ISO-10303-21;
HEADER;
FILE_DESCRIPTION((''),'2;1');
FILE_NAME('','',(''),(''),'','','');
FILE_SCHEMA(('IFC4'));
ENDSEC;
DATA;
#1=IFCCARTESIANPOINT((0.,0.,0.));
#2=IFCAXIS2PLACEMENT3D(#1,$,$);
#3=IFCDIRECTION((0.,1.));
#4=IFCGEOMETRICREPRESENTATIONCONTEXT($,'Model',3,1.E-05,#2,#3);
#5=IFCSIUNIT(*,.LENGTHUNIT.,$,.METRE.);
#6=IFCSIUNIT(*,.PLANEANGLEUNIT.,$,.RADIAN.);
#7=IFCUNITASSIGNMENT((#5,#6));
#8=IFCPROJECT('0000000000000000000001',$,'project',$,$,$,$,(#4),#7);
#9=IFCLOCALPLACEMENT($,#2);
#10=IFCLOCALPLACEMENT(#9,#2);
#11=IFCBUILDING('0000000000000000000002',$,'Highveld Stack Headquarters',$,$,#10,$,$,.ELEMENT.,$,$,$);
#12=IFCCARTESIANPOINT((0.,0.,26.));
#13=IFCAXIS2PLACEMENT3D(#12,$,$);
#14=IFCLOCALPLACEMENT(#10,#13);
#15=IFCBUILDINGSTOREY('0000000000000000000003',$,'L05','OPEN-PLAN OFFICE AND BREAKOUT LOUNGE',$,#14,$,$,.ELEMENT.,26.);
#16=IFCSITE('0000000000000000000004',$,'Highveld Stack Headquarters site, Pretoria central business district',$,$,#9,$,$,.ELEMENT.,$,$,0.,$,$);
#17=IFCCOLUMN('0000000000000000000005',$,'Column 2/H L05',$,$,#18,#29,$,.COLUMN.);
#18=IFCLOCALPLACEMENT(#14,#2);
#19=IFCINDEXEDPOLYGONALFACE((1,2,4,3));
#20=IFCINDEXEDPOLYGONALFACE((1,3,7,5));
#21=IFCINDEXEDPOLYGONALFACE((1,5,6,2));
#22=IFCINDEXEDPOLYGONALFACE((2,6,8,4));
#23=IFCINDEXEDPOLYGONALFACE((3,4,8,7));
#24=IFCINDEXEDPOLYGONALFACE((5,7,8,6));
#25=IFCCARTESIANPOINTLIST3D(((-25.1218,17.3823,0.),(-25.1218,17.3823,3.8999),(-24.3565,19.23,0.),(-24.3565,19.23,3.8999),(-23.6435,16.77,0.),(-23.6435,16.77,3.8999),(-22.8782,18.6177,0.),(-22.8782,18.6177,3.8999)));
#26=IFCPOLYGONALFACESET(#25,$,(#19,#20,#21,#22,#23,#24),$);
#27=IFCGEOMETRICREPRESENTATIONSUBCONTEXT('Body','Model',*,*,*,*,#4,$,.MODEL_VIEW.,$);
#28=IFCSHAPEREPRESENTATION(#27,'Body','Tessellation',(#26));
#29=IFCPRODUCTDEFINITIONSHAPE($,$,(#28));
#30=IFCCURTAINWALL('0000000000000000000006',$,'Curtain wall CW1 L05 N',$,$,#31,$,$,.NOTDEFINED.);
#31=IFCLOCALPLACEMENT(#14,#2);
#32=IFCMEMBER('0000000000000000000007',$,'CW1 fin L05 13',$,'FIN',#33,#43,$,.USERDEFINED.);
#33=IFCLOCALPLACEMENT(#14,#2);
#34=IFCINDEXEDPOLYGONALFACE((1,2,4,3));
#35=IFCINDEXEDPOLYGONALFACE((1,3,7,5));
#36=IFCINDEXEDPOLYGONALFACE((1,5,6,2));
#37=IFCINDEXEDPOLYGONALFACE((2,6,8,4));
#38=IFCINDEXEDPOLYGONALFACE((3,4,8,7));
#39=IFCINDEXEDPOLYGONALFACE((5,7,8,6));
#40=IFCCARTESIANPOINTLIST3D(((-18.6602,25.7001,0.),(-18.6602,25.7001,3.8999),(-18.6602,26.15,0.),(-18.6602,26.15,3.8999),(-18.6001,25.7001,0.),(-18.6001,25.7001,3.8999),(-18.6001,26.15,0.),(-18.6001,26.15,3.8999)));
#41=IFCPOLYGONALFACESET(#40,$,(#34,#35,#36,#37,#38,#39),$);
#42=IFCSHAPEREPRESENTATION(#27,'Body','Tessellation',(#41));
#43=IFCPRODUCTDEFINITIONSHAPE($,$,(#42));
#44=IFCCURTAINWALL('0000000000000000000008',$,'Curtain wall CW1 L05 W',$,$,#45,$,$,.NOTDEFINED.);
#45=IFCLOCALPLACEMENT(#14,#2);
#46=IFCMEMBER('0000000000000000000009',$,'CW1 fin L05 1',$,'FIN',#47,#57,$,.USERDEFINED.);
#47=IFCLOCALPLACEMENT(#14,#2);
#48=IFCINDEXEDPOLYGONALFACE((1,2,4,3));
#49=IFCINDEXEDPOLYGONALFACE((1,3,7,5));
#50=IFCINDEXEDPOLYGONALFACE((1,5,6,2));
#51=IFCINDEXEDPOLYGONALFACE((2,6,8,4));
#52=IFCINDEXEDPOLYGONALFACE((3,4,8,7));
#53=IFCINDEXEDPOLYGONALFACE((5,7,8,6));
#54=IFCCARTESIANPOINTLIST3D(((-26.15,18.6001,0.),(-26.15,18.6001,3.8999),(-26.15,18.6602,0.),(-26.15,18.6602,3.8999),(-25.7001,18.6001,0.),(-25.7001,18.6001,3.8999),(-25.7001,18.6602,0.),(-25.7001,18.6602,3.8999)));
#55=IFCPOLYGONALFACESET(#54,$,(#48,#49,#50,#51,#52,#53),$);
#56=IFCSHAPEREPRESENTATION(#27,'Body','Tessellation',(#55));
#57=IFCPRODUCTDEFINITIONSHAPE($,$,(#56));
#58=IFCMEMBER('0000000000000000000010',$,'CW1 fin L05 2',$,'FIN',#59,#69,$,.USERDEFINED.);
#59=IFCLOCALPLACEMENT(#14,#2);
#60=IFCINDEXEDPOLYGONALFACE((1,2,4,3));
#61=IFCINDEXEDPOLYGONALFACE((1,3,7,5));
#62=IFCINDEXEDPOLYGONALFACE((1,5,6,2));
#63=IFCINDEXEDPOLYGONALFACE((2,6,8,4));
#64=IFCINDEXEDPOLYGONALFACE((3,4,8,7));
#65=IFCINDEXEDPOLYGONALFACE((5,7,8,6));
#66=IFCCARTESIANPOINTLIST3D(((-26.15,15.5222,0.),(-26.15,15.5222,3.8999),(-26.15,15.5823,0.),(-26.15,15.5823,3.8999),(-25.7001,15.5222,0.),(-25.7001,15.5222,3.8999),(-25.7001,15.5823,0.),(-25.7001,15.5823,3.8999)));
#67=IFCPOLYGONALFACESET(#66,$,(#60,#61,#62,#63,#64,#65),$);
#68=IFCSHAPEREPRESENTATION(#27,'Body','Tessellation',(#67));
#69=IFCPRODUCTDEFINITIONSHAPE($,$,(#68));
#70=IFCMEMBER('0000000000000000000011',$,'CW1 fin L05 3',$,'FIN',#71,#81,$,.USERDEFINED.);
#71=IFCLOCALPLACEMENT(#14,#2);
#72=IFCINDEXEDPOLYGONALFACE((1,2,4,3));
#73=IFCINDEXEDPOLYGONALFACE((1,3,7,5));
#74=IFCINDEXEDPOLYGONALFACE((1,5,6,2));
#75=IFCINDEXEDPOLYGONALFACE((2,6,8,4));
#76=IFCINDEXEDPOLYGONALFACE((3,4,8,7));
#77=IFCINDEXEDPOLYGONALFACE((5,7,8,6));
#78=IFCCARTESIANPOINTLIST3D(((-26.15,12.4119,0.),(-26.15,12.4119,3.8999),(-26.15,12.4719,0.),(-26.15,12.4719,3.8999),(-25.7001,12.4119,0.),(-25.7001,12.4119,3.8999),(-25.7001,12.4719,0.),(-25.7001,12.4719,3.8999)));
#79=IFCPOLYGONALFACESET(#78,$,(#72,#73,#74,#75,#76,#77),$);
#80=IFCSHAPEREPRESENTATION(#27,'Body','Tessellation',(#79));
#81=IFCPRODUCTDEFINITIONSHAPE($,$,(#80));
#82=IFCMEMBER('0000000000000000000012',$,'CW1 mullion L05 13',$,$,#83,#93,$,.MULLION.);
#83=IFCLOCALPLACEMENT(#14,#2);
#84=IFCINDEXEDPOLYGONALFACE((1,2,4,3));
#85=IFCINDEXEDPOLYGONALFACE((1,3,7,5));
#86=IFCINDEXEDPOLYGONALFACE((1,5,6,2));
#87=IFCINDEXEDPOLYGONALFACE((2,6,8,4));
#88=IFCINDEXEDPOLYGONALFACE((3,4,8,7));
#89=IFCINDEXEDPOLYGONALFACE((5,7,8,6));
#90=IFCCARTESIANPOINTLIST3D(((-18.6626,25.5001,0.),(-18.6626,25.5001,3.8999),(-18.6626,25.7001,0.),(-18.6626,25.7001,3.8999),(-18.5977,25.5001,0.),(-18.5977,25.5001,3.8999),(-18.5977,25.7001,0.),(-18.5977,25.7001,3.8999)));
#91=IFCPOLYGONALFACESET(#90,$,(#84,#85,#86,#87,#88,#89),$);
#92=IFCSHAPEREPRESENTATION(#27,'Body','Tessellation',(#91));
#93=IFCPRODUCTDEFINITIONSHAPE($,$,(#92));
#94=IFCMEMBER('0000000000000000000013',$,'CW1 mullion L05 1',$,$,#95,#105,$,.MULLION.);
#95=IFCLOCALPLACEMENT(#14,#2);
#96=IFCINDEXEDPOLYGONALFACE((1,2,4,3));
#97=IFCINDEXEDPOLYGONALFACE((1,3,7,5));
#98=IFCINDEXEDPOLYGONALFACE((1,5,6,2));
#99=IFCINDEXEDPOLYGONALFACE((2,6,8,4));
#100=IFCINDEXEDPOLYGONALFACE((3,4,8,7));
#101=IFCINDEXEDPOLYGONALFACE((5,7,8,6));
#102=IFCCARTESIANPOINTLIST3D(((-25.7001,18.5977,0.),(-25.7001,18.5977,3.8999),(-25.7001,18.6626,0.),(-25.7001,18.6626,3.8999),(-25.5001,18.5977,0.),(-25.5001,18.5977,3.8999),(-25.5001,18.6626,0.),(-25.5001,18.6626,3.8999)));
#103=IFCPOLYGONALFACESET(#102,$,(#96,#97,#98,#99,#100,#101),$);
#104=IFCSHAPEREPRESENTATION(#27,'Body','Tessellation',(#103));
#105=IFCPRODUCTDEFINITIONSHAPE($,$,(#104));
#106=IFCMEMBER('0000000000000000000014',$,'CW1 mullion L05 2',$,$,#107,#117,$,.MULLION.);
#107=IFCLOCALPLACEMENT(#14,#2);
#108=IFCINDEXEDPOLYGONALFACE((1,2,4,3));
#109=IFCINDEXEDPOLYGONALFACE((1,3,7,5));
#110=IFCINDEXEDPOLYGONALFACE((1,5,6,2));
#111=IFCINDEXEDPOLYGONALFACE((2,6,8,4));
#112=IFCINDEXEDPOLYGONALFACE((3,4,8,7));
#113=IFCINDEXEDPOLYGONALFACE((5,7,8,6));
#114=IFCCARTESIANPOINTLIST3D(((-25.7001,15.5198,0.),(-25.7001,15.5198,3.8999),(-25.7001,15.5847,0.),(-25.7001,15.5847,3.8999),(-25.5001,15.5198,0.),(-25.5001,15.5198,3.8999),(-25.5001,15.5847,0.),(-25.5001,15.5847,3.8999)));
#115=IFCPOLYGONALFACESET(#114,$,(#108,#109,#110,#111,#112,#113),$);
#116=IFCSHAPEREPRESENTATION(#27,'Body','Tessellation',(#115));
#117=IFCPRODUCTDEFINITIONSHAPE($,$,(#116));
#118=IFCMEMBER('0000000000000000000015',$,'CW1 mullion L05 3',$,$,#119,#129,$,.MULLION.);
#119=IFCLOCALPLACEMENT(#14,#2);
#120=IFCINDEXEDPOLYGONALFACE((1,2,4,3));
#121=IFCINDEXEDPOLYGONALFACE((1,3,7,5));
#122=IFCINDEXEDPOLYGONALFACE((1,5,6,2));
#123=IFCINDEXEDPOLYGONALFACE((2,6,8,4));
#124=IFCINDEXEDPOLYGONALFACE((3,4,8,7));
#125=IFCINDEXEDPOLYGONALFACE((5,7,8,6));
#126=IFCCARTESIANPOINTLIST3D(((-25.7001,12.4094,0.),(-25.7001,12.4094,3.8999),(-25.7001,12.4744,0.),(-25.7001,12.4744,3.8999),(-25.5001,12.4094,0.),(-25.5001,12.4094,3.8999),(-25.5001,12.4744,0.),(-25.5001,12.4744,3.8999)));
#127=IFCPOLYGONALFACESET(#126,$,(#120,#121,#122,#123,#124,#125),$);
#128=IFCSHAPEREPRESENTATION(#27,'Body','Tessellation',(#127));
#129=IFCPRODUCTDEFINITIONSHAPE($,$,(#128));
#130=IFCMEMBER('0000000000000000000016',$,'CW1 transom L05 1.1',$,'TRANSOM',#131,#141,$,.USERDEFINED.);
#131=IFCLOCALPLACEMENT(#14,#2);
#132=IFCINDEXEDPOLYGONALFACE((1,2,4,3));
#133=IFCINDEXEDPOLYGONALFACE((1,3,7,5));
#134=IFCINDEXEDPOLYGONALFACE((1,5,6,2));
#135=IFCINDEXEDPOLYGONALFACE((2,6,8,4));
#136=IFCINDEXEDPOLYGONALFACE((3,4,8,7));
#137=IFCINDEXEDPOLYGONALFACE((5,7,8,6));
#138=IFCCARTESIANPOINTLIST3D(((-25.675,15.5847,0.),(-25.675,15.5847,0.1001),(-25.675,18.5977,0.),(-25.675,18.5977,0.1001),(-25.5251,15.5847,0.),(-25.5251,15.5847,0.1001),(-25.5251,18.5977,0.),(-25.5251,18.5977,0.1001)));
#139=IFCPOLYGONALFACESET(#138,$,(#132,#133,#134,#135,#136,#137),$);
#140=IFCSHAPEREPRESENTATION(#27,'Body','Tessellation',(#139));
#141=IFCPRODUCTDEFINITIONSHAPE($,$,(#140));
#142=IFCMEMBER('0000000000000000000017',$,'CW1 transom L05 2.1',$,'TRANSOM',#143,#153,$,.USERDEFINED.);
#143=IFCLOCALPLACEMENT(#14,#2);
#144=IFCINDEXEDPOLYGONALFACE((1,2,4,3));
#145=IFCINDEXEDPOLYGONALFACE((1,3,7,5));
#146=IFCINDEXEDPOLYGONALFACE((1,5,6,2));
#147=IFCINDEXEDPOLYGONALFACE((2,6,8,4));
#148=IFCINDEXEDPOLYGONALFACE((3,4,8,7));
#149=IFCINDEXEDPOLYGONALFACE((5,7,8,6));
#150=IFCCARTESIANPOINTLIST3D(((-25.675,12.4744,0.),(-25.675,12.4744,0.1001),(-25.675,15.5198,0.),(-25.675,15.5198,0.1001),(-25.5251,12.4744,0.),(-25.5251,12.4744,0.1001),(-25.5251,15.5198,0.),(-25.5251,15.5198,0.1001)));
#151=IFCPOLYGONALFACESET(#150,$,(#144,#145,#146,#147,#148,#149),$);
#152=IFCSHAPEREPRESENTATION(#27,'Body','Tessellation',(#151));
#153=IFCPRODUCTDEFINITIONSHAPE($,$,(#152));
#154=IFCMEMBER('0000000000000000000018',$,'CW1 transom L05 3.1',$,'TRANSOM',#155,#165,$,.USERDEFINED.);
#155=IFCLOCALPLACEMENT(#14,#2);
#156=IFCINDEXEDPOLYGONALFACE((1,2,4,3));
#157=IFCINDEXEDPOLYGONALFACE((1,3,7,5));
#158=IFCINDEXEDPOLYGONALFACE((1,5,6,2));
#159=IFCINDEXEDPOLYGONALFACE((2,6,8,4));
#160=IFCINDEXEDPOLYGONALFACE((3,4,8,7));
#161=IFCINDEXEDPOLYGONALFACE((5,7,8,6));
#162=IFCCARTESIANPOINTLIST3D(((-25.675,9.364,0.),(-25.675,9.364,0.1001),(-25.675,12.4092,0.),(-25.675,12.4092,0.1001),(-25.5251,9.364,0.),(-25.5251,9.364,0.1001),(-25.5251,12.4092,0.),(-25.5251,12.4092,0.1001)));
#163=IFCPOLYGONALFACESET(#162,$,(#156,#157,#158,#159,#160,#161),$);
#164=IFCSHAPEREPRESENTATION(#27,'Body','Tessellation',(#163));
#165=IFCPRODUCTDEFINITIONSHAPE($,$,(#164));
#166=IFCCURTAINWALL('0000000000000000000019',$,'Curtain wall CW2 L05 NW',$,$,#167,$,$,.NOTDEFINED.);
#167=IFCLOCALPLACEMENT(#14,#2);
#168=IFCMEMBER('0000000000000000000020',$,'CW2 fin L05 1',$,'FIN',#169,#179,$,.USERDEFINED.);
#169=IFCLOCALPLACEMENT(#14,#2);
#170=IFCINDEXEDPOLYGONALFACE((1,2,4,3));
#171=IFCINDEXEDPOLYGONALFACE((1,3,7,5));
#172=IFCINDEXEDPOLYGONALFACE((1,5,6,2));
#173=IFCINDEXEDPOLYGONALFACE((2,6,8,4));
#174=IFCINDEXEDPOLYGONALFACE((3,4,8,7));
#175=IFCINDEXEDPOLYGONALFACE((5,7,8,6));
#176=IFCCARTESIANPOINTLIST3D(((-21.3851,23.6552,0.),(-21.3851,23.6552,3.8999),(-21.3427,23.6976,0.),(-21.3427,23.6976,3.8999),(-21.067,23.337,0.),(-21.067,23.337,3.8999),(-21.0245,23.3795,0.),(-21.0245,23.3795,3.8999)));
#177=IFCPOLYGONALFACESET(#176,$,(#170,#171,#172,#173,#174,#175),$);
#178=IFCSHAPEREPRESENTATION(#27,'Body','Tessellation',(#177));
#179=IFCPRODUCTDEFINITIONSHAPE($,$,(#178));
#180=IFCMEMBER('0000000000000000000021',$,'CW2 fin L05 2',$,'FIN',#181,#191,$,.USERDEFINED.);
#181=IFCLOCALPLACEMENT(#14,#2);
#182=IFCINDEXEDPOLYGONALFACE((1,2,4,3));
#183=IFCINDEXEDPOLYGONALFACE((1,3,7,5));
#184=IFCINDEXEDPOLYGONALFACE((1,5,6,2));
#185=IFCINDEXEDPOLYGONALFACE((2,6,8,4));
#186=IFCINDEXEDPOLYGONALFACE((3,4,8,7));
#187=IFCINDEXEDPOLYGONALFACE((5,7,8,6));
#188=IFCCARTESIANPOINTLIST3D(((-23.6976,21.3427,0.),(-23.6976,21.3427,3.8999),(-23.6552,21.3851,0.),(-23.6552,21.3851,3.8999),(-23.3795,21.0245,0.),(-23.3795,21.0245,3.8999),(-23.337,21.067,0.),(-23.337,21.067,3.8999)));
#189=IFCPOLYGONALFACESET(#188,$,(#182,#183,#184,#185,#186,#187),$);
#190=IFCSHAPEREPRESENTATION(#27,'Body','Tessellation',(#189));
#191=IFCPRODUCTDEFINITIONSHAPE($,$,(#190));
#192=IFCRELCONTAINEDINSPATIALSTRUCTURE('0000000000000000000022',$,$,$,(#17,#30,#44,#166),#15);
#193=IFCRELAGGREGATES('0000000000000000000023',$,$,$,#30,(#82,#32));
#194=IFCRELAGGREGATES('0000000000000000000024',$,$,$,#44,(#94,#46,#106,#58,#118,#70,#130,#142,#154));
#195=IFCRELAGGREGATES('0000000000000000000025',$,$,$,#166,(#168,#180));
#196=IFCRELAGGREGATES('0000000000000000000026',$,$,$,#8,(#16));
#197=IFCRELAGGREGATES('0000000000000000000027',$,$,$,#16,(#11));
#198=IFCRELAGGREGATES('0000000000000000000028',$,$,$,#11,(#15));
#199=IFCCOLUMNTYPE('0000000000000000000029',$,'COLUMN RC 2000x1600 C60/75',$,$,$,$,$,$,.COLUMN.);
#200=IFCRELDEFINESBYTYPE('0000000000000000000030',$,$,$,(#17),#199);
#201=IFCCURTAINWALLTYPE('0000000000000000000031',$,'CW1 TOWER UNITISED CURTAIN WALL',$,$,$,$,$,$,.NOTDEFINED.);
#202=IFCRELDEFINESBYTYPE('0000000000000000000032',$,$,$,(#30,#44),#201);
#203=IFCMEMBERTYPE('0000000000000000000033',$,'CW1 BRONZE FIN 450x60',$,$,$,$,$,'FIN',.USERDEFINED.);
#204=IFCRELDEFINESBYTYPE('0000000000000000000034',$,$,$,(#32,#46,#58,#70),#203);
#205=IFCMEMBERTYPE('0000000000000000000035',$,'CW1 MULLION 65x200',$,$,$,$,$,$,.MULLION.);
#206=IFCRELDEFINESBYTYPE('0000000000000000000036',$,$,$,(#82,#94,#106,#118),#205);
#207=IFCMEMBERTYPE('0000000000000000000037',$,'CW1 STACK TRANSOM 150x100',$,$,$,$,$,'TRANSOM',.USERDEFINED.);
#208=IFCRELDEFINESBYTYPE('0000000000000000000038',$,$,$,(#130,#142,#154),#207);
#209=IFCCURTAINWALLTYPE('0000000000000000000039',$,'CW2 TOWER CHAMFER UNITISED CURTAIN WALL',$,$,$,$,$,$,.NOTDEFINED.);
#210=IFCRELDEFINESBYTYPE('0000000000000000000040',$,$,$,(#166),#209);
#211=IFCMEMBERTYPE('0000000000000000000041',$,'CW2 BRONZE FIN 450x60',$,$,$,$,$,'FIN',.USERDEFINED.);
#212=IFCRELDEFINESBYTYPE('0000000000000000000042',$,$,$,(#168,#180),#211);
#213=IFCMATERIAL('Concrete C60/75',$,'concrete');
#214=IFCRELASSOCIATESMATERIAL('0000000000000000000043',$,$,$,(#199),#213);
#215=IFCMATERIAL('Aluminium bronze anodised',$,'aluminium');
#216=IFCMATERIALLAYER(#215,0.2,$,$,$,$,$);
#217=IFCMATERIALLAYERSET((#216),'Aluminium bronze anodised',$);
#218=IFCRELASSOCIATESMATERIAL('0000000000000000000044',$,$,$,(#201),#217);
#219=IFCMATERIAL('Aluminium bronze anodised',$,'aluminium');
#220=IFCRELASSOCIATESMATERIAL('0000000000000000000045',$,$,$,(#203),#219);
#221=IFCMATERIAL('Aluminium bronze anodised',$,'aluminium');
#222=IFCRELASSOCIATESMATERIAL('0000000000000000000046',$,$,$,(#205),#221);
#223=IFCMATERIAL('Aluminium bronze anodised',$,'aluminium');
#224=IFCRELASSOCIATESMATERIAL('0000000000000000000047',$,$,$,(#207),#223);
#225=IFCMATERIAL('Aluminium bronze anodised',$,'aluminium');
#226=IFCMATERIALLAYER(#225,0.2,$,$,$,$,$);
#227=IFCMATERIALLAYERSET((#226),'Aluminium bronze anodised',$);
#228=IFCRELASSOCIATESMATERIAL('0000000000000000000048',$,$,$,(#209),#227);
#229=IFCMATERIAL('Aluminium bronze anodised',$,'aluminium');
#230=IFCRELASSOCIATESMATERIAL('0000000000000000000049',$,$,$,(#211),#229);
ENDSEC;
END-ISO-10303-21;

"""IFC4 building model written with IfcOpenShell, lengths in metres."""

from ifc_helpers import new_model, si_unit, direction, frame, origin, origin_2d, place, context, subcontext, project, spatial, rectangle, extrude, material, layer, layer_set, material_profile, profile_set, type_object, element, aggregate, save


model = new_model("IFC4")

# Units and contexts
model_context = context("Model", 3, precision=1e-05, world=origin(), true_north=direction((0.0, 1.0)))
body_context = subcontext(model_context, "Body", "Model", "MODEL_VIEW")
ifc_project = project(units=[si_unit("LENGTHUNIT", "METRE"), si_unit("PLANEANGLEUNIT", "RADIAN")], contexts=[model_context])

# Site, building, storey
site_placement = place(None, origin())
site = spatial("IfcSite", under=ifc_project, at=site_placement, Name="Highveld Stack Headquarters site, Pretoria central business district", CompositionType="ELEMENT", RefElevation=0.0)
building_placement = place(site_placement, origin())
building = spatial("IfcBuilding", under=site, at=building_placement, Name="Highveld Stack Headquarters", CompositionType="ELEMENT")
storey_placement = place(building_placement, frame((0.0, 0.0, 26.0)))
storey = spatial("IfcBuildingStorey", under=building, at=storey_placement, Name="L05", Description="OPEN-PLAN OFFICE AND BREAKOUT LOUNGE", CompositionType="ELEMENT", Elevation=26.0)

# Column
ifc_material_1 = material(Name="Concrete C60/75", Category="concrete")
ifc_material_profile_1 = material_profile(ifc_material_1, rectangle(XDim=2.0, YDim=1.6001, at=origin_2d()), Name="RC 2000x1600")
ifc_profile_set_1 = profile_set([ifc_material_profile_1], Name="Concrete C60/75")
column_type = type_object("IfcColumnType", Name="COLUMN RC 2000x1600 C60/75", PredefinedType="COLUMN", material=ifc_profile_set_1)
column_placement = place(storey_placement, frame((-24.0, 18.0, 0.0), z_axis=(0.0, 0.0, 1.0), x_axis=(0.382683, 0.92388, 0.0)))
element("IfcColumn", 1, at=column_placement, inside=storey, type_object=column_type, Name="Column 2/H L05", PredefinedType="COLUMN", context=body_context, shape_type="SweptSolid", body=[
    extrude(rectangle(XDim=2.0, YDim=1.6001, at=origin_2d()), origin(), (0.0, 0.0, 1.0), 3.8999),
])

# Curtain wall, member
ifc_material_2 = material(Name="Aluminium bronze anodised", Category="aluminium")
ifc_layer_1 = layer(ifc_material_2, 0.2)
ifc_layer_set_1 = layer_set([ifc_layer_1], Name="Aluminium bronze anodised")
curtain_wall_type_1 = type_object("IfcCurtainWallType", Name="CW1 TOWER UNITISED CURTAIN WALL", PredefinedType="NOTDEFINED", material=ifc_layer_set_1)
curtain_wall_1_placement = place(storey_placement, origin())
curtain_wall_1 = element("IfcCurtainWall", 2, at=curtain_wall_1_placement, inside=storey, type_object=curtain_wall_type_1, Name="Curtain wall CW1 L05 N", PredefinedType="NOTDEFINED")
ifc_material_3 = material(Name="Aluminium bronze anodised", Category="aluminium")
ifc_material_profile_2 = material_profile(ifc_material_3, rectangle(XDim=0.45, YDim=0.0601, at=origin_2d()), Name="FIN 450x60")
ifc_profile_set_2 = profile_set([ifc_material_profile_2], Name="Aluminium bronze anodised")
member_type_1 = type_object("IfcMemberType", Name="CW1 BRONZE FIN 450x60", ElementType="FIN", PredefinedType="USERDEFINED", material=ifc_profile_set_2)
member_1_placement = place(storey_placement, frame((-18.6301, 25.925, 0.0), z_axis=(0.0, 0.0, 1.0), x_axis=(0.0, -1.0, 0.0)))
member_1 = element("IfcMember", 3, at=member_1_placement, type_object=member_type_1, Name="CW1 fin L05 13", ObjectType="FIN", PredefinedType="USERDEFINED", context=body_context, shape_type="SweptSolid", body=[
    extrude(rectangle(XDim=0.45, YDim=0.0601, at=origin_2d()), origin(), (0.0, 0.0, 1.0), 3.8999),
])

# Curtain wall, members
curtain_wall_2_placement = place(storey_placement, origin())
curtain_wall_2 = element("IfcCurtainWall", 4, at=curtain_wall_2_placement, inside=storey, type_object=curtain_wall_type_1, Name="Curtain wall CW1 L05 W", PredefinedType="NOTDEFINED")
member_2_placement = place(storey_placement, frame((-25.925, 18.6301, 0.0), z_axis=(0.0, 0.0, 1.0), x_axis=(1.0, 0.0, 0.0)))
member_2 = element("IfcMember", 5, at=member_2_placement, type_object=member_type_1, Name="CW1 fin L05 1", ObjectType="FIN", PredefinedType="USERDEFINED", context=body_context, shape_type="SweptSolid", body=[
    extrude(rectangle(XDim=0.45, YDim=0.0601, at=origin_2d()), origin(), (0.0, 0.0, 1.0), 3.8999),
])
member_3_placement = place(storey_placement, frame((-25.925, 15.5522, 0.0), z_axis=(0.0, 0.0, 1.0), x_axis=(1.0, 0.0, 0.0)))
member_3 = element("IfcMember", 6, at=member_3_placement, type_object=member_type_1, Name="CW1 fin L05 2", ObjectType="FIN", PredefinedType="USERDEFINED", context=body_context, shape_type="SweptSolid", body=[
    extrude(rectangle(XDim=0.45, YDim=0.0601, at=origin_2d()), origin(), (0.0, 0.0, 1.0), 3.8999),
])
member_4_placement = place(storey_placement, frame((-25.925, 12.4419, 0.0), z_axis=(0.0, 0.0, 1.0), x_axis=(1.0, 0.0, 0.0)))
member_4 = element("IfcMember", 7, at=member_4_placement, type_object=member_type_1, Name="CW1 fin L05 3", ObjectType="FIN", PredefinedType="USERDEFINED", context=body_context, shape_type="SweptSolid", body=[
    extrude(rectangle(XDim=0.45, YDim=0.0601, at=origin_2d()), origin(), (0.0, 0.0, 1.0), 3.8999),
])

# Members
ifc_material_4 = material(Name="Aluminium bronze anodised", Category="aluminium")
ifc_material_profile_3 = material_profile(ifc_material_4, rectangle(XDim=0.2, YDim=0.0649, at=origin_2d()), Name="CW1 MULLION 65x200")
ifc_profile_set_3 = profile_set([ifc_material_profile_3], Name="Aluminium bronze anodised")
member_type_2 = type_object("IfcMemberType", Name="CW1 MULLION 65x200", PredefinedType="MULLION", material=ifc_profile_set_3)
member_5_placement = place(storey_placement, frame((-18.6301, 25.6001, 0.0), z_axis=(0.0, 0.0, 1.0), x_axis=(0.0, -1.0, 0.0)))
member_5 = element("IfcMember", 8, at=member_5_placement, type_object=member_type_2, Name="CW1 mullion L05 13", PredefinedType="MULLION", context=body_context, shape_type="SweptSolid", body=[
    extrude(rectangle(XDim=0.2, YDim=0.0649, at=origin_2d()), origin(), (0.0, 0.0, 1.0), 3.8999),
])
aggregate(curtain_wall_1, [member_5, member_1])
member_6_placement = place(storey_placement, frame((-25.6001, 18.6301, 0.0), z_axis=(0.0, 0.0, 1.0), x_axis=(1.0, 0.0, 0.0)))
member_6 = element("IfcMember", 9, at=member_6_placement, type_object=member_type_2, Name="CW1 mullion L05 1", PredefinedType="MULLION", context=body_context, shape_type="SweptSolid", body=[
    extrude(rectangle(XDim=0.2, YDim=0.0649, at=origin_2d()), origin(), (0.0, 0.0, 1.0), 3.8999),
])
member_7_placement = place(storey_placement, frame((-25.6001, 15.5522, 0.0), z_axis=(0.0, 0.0, 1.0), x_axis=(1.0, 0.0, 0.0)))
member_7 = element("IfcMember", 10, at=member_7_placement, type_object=member_type_2, Name="CW1 mullion L05 2", PredefinedType="MULLION", context=body_context, shape_type="SweptSolid", body=[
    extrude(rectangle(XDim=0.2, YDim=0.0649, at=origin_2d()), origin(), (0.0, 0.0, 1.0), 3.8999),
])
member_8_placement = place(storey_placement, frame((-25.6001, 12.4419, 0.0), z_axis=(0.0, 0.0, 1.0), x_axis=(1.0, 0.0, 0.0)))
member_8 = element("IfcMember", 11, at=member_8_placement, type_object=member_type_2, Name="CW1 mullion L05 3", PredefinedType="MULLION", context=body_context, shape_type="SweptSolid", body=[
    extrude(rectangle(XDim=0.2, YDim=0.0649, at=origin_2d()), origin(), (0.0, 0.0, 1.0), 3.8999),
])
ifc_material_5 = material(Name="Aluminium bronze anodised", Category="aluminium")
ifc_material_profile_4 = material_profile(ifc_material_5, rectangle(XDim=0.1499, YDim=0.1001, at=origin_2d()), Name="CW1 TRANSOM 150x100")
ifc_profile_set_4 = profile_set([ifc_material_profile_4], Name="Aluminium bronze anodised")
member_type_3 = type_object("IfcMemberType", Name="CW1 STACK TRANSOM 150x100", ElementType="TRANSOM", PredefinedType="USERDEFINED", material=ifc_profile_set_4)
member_9_placement = place(storey_placement, frame((-25.6001, 18.5977, 0.05), z_axis=(0.0, -1.0, 0.0), x_axis=(1.0, 0.0, 0.0)))
member_9 = element("IfcMember", 12, at=member_9_placement, type_object=member_type_3, Name="CW1 transom L05 1.1", ObjectType="TRANSOM", PredefinedType="USERDEFINED", context=body_context, shape_type="SweptSolid", body=[
    extrude(rectangle(XDim=0.1499, YDim=0.1001, at=origin_2d()), origin(), (0.0, 0.0, 1.0), 3.0129),
])
member_10_placement = place(storey_placement, frame((-25.6001, 15.5198, 0.05), z_axis=(0.0, -1.0, 0.0), x_axis=(1.0, 0.0, 0.0)))
member_10 = element("IfcMember", 13, at=member_10_placement, type_object=member_type_3, Name="CW1 transom L05 2.1", ObjectType="TRANSOM", PredefinedType="USERDEFINED", context=body_context, shape_type="SweptSolid", body=[
    extrude(rectangle(XDim=0.1499, YDim=0.1001, at=origin_2d()), origin(), (0.0, 0.0, 1.0), 3.0454),
])
member_11_placement = place(storey_placement, frame((-25.6001, 12.4092, 0.05), z_axis=(0.0, -1.0, 0.0), x_axis=(1.0, 0.0, 0.0)))
member_11 = element("IfcMember", 14, at=member_11_placement, type_object=member_type_3, Name="CW1 transom L05 3.1", ObjectType="TRANSOM", PredefinedType="USERDEFINED", context=body_context, shape_type="SweptSolid", body=[
    extrude(rectangle(XDim=0.1499, YDim=0.1001, at=origin_2d()), origin(), (0.0, 0.0, 1.0), 3.0452),
])

# Curtain wall, members
ifc_material_6 = material(Name="Aluminium bronze anodised", Category="aluminium")
ifc_layer_2 = layer(ifc_material_6, 0.2)
ifc_layer_set_2 = layer_set([ifc_layer_2], Name="Aluminium bronze anodised")
curtain_wall_type_2 = type_object("IfcCurtainWallType", Name="CW2 TOWER CHAMFER UNITISED CURTAIN WALL", PredefinedType="NOTDEFINED", material=ifc_layer_set_2)
curtain_wall_3_placement = place(storey_placement, origin())
curtain_wall_3 = element("IfcCurtainWall", 15, at=curtain_wall_3_placement, inside=storey, type_object=curtain_wall_type_2, Name="Curtain wall CW2 L05 NW", PredefinedType="NOTDEFINED")
ifc_material_7 = material(Name="Aluminium bronze anodised", Category="aluminium")
ifc_material_profile_5 = material_profile(ifc_material_7, rectangle(XDim=0.45, YDim=0.0601, at=origin_2d()), Name="FIN 450x60")
ifc_profile_set_5 = profile_set([ifc_material_profile_5], Name="Aluminium bronze anodised")
member_type_4 = type_object("IfcMemberType", Name="CW2 BRONZE FIN 450x60", ElementType="FIN", PredefinedType="USERDEFINED", material=ifc_profile_set_5)
member_12_placement = place(storey_placement, frame((-21.2048, 23.5173, 0.0), z_axis=(0.0, 0.0, 1.0), x_axis=(0.707107, -0.707107, 0.0)))
member_12 = element("IfcMember", 16, at=member_12_placement, type_object=member_type_4, Name="CW2 fin L05 1", ObjectType="FIN", PredefinedType="USERDEFINED", context=body_context, shape_type="SweptSolid", body=[
    extrude(rectangle(XDim=0.45, YDim=0.0601, at=origin_2d()), origin(), (0.0, 0.0, 1.0), 3.8999),
])
member_13_placement = place(storey_placement, frame((-23.5173, 21.2048, 0.0), z_axis=(0.0, 0.0, 1.0), x_axis=(0.707107, -0.707107, 0.0)))
member_13 = element("IfcMember", 17, at=member_13_placement, type_object=member_type_4, Name="CW2 fin L05 2", ObjectType="FIN", PredefinedType="USERDEFINED", context=body_context, shape_type="SweptSolid", body=[
    extrude(rectangle(XDim=0.45, YDim=0.0601, at=origin_2d()), origin(), (0.0, 0.0, 1.0), 3.8999),
])

aggregate(curtain_wall_2, [member_6, member_2, member_7, member_3, member_8, member_4, member_9, member_10, member_11])
aggregate(curtain_wall_3, [member_12, member_13])

save(model, "model.ifc")
